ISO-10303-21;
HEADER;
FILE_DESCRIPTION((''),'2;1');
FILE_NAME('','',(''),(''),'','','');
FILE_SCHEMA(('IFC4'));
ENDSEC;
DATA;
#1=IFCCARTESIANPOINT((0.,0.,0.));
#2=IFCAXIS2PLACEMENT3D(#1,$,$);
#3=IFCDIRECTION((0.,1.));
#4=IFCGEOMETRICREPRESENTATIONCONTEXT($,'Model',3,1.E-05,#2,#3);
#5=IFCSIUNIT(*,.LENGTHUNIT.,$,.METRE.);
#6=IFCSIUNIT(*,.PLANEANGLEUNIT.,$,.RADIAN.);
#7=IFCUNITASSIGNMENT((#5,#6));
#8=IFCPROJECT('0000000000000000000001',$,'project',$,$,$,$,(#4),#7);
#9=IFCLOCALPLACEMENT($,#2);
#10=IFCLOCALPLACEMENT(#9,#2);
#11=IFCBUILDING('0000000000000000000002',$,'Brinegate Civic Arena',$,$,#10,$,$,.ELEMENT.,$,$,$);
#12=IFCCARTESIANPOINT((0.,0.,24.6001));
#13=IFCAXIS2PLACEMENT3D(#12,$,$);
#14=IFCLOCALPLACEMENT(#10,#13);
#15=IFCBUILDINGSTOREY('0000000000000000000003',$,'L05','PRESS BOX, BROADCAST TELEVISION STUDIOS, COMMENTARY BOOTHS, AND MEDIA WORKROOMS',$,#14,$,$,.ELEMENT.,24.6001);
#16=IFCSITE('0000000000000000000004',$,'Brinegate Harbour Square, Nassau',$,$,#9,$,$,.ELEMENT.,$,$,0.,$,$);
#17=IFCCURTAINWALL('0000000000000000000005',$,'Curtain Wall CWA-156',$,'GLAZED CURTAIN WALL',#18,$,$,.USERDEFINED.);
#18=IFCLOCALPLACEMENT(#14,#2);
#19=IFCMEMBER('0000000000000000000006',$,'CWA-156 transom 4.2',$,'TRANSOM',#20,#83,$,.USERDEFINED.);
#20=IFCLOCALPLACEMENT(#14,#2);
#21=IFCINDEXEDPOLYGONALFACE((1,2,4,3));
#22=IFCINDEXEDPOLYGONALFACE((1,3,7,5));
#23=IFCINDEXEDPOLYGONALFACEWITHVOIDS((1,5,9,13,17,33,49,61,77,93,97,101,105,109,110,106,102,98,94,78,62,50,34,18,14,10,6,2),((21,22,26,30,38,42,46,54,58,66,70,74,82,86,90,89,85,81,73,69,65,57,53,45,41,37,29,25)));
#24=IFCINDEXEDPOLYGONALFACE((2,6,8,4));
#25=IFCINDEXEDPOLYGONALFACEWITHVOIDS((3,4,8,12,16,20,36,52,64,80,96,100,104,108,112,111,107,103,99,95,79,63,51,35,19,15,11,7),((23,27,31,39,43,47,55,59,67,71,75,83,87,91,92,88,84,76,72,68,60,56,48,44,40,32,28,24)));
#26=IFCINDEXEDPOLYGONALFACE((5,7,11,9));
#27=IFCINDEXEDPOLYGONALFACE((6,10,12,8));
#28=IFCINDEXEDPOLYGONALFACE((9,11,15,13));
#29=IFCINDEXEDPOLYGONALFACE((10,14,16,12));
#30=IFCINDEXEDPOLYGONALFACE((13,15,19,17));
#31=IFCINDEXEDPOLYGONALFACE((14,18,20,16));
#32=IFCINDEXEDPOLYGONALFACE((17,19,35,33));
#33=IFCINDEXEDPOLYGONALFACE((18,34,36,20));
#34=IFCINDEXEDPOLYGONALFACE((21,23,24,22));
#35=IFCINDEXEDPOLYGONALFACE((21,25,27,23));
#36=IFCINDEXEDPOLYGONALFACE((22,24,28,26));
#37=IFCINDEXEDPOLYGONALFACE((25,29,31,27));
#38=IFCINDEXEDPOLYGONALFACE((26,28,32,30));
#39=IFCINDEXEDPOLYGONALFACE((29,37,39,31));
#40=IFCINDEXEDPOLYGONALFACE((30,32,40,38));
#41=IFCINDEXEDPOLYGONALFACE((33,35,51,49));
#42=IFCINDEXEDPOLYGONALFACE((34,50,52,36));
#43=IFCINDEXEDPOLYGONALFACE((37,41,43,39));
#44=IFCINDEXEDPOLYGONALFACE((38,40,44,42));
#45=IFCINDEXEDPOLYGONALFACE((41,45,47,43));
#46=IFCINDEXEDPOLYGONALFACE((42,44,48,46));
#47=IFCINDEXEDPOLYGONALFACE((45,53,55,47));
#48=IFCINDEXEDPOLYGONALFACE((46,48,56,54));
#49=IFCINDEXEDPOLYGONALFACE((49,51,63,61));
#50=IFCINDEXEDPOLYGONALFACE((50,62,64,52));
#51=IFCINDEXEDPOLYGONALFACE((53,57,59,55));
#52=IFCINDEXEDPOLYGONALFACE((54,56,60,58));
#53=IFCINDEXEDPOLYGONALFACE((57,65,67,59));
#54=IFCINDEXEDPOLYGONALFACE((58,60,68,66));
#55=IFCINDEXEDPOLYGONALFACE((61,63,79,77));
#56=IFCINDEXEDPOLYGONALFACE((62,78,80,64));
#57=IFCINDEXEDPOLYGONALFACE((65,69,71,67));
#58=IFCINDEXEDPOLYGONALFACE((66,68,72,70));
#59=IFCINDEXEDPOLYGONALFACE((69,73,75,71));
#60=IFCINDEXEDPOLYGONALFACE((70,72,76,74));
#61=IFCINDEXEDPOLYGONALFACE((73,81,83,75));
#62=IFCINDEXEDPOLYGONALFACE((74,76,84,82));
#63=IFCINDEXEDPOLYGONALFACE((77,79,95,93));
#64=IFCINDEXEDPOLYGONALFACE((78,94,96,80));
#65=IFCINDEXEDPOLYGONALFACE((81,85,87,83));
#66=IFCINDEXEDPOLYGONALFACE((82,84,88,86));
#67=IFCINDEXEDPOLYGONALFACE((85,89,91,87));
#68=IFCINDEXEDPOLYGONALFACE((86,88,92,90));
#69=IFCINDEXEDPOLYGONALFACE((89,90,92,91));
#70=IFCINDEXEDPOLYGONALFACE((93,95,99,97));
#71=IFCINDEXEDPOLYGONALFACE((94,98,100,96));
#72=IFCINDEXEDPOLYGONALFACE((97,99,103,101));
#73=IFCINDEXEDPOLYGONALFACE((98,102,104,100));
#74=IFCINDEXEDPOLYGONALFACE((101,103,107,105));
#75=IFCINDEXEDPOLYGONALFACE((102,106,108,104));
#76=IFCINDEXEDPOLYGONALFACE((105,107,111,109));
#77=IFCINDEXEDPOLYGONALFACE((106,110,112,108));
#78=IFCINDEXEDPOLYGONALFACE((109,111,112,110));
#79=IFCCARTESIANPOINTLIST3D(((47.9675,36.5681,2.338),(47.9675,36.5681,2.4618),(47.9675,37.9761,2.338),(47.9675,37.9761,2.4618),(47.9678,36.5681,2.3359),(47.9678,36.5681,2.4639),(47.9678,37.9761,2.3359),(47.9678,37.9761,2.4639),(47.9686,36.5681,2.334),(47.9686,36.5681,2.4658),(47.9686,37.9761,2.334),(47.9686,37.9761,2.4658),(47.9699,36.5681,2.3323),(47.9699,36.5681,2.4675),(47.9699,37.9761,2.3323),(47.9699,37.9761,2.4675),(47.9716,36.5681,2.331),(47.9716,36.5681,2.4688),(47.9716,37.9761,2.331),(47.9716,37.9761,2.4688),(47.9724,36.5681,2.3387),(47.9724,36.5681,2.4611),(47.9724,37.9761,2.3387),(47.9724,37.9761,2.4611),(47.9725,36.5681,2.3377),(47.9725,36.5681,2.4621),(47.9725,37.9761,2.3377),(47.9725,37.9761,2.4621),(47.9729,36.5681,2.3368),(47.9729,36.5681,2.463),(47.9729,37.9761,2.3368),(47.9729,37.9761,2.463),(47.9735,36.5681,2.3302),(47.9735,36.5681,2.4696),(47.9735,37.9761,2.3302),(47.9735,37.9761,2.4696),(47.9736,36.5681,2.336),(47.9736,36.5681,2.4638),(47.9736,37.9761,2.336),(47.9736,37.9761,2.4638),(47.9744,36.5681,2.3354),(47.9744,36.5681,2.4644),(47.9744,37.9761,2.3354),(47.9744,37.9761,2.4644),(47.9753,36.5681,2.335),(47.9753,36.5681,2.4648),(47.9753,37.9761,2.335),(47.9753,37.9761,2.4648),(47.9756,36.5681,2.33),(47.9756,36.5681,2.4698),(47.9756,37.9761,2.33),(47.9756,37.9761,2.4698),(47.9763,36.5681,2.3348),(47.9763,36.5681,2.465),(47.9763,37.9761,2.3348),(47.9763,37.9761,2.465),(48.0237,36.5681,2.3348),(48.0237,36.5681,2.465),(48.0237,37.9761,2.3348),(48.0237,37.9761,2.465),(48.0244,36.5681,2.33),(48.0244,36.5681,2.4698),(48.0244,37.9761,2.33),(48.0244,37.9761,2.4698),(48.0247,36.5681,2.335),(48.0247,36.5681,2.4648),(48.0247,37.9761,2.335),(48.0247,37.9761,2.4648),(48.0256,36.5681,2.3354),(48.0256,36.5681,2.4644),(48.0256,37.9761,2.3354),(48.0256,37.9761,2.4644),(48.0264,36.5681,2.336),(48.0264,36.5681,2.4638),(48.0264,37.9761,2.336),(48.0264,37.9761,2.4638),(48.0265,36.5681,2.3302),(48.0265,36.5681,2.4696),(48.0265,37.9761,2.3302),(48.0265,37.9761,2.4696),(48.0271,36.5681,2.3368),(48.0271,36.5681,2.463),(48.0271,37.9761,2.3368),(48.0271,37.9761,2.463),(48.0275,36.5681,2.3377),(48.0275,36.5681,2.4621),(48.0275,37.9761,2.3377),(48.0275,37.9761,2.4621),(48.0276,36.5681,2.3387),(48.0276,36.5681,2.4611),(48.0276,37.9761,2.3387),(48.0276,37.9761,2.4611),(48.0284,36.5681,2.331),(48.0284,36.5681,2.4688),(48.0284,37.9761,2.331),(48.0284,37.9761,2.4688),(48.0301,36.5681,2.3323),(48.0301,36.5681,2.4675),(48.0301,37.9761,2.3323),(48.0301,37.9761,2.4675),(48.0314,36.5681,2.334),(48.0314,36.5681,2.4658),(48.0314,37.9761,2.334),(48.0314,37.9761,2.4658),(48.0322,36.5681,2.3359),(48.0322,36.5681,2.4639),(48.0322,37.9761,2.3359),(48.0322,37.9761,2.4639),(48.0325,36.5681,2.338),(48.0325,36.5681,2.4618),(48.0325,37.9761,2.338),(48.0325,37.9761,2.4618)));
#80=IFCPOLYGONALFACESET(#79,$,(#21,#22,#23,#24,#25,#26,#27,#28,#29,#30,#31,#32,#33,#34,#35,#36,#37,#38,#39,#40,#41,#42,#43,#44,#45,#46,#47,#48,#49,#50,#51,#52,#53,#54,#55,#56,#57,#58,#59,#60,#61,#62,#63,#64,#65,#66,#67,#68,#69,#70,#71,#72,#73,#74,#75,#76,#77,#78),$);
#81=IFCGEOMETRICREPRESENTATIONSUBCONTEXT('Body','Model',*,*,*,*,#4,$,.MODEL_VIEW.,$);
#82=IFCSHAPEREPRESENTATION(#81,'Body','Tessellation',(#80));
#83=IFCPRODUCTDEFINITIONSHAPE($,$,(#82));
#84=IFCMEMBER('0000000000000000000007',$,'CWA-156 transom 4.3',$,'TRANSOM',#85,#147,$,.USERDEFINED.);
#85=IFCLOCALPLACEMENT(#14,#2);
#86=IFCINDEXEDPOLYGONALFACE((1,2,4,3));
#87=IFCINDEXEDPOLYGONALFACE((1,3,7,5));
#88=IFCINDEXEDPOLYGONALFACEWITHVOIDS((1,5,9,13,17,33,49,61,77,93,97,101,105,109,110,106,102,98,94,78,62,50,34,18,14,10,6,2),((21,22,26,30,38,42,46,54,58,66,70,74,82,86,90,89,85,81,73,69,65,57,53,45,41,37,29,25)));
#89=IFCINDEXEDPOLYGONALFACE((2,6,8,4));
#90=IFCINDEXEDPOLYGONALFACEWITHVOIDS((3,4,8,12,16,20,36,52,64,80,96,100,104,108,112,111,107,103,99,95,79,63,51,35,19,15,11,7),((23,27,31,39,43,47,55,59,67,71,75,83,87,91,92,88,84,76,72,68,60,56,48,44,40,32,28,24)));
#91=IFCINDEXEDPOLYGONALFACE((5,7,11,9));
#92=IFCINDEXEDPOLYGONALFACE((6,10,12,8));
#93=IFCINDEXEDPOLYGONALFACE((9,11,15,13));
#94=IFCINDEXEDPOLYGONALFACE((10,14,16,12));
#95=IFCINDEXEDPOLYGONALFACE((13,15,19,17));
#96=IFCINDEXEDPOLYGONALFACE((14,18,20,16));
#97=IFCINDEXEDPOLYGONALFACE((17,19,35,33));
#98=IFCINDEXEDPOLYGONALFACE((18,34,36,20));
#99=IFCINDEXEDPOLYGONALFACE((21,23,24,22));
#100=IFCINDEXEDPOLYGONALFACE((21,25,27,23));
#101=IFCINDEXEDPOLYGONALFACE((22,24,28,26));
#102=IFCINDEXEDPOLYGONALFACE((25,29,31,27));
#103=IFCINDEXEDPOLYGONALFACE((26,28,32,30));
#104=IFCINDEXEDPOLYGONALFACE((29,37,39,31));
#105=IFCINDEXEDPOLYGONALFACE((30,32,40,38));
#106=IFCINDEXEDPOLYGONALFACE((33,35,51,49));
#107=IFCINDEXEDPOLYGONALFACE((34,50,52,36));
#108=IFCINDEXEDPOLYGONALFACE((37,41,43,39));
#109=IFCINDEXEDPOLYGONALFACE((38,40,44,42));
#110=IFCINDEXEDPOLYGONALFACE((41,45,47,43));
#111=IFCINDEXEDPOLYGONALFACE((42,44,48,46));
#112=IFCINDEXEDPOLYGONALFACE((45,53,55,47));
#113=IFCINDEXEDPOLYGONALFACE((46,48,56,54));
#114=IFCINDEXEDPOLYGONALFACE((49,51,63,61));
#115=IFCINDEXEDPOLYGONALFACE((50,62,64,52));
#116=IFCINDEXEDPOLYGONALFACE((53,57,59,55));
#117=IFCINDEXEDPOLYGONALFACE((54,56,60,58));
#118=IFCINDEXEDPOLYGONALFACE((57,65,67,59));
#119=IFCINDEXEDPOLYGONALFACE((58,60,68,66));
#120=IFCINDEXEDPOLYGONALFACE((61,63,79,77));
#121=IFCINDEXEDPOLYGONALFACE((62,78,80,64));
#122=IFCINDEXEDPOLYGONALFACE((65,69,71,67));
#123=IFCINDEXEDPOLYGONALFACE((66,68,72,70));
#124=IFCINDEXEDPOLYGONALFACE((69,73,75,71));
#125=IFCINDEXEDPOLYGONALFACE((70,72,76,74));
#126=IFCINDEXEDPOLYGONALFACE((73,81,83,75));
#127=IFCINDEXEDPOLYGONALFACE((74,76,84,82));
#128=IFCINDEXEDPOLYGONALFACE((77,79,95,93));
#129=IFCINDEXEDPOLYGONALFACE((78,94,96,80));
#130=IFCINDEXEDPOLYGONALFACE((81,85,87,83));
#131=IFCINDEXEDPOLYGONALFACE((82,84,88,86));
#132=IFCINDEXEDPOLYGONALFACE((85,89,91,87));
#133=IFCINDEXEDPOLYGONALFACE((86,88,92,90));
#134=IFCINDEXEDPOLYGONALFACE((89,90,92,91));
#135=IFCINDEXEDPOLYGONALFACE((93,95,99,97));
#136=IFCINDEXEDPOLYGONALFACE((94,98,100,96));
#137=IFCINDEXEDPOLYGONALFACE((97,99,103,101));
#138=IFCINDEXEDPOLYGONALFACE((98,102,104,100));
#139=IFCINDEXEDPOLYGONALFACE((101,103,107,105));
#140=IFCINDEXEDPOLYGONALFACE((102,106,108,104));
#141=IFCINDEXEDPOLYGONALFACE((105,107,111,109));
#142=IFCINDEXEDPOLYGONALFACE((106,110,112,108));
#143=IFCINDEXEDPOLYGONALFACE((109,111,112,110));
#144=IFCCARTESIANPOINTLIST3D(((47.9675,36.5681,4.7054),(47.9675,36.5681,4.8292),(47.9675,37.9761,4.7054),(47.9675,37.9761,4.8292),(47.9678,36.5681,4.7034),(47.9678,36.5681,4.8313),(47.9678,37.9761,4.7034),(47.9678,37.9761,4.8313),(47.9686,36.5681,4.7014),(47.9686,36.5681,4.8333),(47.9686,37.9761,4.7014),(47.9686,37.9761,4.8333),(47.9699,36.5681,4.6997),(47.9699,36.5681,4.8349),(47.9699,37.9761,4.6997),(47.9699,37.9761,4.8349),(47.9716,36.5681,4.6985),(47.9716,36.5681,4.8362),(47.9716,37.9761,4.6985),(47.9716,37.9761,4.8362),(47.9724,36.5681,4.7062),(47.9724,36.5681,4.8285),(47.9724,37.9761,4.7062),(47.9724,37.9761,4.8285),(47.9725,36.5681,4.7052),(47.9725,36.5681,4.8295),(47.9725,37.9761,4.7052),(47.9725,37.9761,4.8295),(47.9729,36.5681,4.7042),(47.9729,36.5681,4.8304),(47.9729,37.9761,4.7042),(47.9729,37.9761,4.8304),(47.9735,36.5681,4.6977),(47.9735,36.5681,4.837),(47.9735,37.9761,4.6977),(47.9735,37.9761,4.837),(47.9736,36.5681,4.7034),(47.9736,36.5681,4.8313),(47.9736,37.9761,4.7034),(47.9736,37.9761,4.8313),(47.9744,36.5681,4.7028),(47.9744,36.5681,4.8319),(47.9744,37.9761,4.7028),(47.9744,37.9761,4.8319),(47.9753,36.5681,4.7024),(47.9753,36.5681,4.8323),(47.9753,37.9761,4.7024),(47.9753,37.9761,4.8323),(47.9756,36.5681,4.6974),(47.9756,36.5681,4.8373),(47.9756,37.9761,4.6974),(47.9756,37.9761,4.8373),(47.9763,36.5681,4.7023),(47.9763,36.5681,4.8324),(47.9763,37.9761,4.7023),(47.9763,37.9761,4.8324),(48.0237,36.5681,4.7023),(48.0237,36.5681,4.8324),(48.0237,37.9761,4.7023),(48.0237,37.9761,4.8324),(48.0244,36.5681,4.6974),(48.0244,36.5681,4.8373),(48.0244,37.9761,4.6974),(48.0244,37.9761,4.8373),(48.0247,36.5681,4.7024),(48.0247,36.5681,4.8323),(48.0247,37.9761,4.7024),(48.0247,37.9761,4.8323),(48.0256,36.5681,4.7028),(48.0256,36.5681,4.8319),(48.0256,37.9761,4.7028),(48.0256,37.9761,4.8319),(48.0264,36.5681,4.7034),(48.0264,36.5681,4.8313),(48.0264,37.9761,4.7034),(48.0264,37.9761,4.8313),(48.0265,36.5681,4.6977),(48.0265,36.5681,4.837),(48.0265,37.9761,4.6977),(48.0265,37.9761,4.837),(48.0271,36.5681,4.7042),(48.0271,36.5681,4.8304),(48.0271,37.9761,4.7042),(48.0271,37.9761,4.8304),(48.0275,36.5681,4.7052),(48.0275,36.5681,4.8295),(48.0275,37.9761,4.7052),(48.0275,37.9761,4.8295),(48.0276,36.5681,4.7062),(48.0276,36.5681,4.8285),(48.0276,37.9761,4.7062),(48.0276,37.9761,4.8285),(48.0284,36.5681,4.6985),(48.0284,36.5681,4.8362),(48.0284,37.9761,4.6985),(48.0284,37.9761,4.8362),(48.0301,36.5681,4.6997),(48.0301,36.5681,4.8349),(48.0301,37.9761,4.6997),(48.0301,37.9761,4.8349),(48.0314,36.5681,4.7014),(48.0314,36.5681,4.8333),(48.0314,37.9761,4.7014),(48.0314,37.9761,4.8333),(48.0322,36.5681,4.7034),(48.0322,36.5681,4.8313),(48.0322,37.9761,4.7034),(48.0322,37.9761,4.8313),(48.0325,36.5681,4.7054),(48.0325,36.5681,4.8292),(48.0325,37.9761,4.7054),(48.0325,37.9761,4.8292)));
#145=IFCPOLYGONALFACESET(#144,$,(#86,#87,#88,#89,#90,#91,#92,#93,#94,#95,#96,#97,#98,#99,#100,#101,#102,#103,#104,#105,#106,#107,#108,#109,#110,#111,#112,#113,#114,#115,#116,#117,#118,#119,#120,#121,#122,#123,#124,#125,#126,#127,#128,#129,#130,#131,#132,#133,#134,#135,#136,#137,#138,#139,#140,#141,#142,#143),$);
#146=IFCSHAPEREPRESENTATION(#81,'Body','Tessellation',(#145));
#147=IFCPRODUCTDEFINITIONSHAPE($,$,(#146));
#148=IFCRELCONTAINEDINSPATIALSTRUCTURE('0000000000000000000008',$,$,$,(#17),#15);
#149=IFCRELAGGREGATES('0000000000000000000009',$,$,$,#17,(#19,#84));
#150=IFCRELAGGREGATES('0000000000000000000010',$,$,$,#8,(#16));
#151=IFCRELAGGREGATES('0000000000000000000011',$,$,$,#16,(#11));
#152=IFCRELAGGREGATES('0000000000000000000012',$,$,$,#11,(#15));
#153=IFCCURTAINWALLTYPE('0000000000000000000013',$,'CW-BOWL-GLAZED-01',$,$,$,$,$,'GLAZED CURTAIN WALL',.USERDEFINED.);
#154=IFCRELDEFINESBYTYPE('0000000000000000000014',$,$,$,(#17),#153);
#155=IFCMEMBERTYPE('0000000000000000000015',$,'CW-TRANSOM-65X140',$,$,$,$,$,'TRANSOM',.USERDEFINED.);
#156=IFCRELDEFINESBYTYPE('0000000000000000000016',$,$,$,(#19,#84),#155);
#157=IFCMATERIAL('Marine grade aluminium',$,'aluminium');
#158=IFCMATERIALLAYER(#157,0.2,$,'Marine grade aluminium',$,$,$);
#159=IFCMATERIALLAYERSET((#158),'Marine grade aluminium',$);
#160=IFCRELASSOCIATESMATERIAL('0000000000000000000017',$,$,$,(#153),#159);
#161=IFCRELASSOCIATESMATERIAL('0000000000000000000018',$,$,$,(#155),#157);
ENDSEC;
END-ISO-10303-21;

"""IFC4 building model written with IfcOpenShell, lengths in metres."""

from ifc_helpers import new_model, si_unit, direction, frame, origin, origin_2d, place, context, subcontext, project, spatial, hollow_rectangle, extrude, material, layer, layer_set, material_profile, profile_set, type_object, element, aggregate, save


model = new_model("IFC4")

# Units and contexts
model_context = context("Model", 3, precision=1e-05, world=origin(), true_north=direction((0.0, 1.0)))
body_context = subcontext(model_context, "Body", "Model", "MODEL_VIEW")
ifc_project = project(units=[si_unit("LENGTHUNIT", "METRE"), si_unit("PLANEANGLEUNIT", "RADIAN")], contexts=[model_context])

# Site, building, storey
site_placement = place(None, origin())
site = spatial("IfcSite", under=ifc_project, at=site_placement, Name="Brinegate Harbour Square, Nassau", CompositionType="ELEMENT", RefElevation=0.0)
building_placement = place(site_placement, origin())
building = spatial("IfcBuilding", under=site, at=building_placement, Name="Brinegate Civic Arena", CompositionType="ELEMENT")
storey_placement = place(building_placement, frame((0.0, 0.0, 24.6001)))
storey = spatial("IfcBuildingStorey", under=building, at=storey_placement, Name="L05", Description="PRESS BOX, BROADCAST TELEVISION STUDIOS, COMMENTARY BOOTHS, AND MEDIA WORKROOMS", CompositionType="ELEMENT", Elevation=24.6001)

# Curtain wall
ifc_material_1 = material(Name="Marine grade aluminium", Category="aluminium")
ifc_layer_1 = layer(ifc_material_1, 0.2, Name="Marine grade aluminium")
ifc_layer_set_1 = layer_set([ifc_layer_1], Name="Marine grade aluminium")
curtain_wall_type = type_object("IfcCurtainWallType", Name="CW-BOWL-GLAZED-01", ElementType="GLAZED CURTAIN WALL", PredefinedType="USERDEFINED", material=ifc_layer_set_1)
curtain_wall_1_placement = place(storey_placement, origin())
curtain_wall_1 = element("IfcCurtainWall", 1, at=curtain_wall_1_placement, inside=storey, type_object=curtain_wall_type, Name="Curtain Wall CWA-156", ObjectType="GLAZED CURTAIN WALL", PredefinedType="USERDEFINED")

# Members
ifc_material_profile_1 = material_profile(ifc_material_1, hollow_rectangle(XDim=0.0649, YDim=0.1399, WallThickness=0.0049, InnerFilletRadius=0.0039, OuterFilletRadius=0.0081, at=origin_2d()), Name="TRN65X140")
ifc_profile_set_1 = profile_set([ifc_material_profile_1], Name="Marine grade aluminium")
member_type_1 = type_object("IfcMemberType", Name="CW-TRANSOM-65X140", ElementType="TRANSOM", PredefinedType="USERDEFINED", material=ifc_profile_set_1)
member_1_placement = place(storey_placement, frame((48.0, 36.5681, 2.3999), z_axis=(0.0, 1.0, 0.0), x_axis=(-1.0, 0.0, 0.0)))
member_1 = element("IfcMember", 2, at=member_1_placement, type_object=member_type_1, Name="CWA-156 transom 4.2", ObjectType="TRANSOM", PredefinedType="USERDEFINED", context=body_context, shape_type="SweptSolid", body=[
    extrude(hollow_rectangle(XDim=0.0649, YDim=0.1399, WallThickness=0.0049, InnerFilletRadius=0.0039, OuterFilletRadius=0.0081, at=origin_2d()), origin(), (0.0, 0.0, 1.0), 1.408),
])
member_2_placement = place(storey_placement, frame((48.0, 36.5681, 4.7673), z_axis=(0.0, 1.0, 0.0), x_axis=(-1.0, 0.0, 0.0)))
member_2 = element("IfcMember", 3, at=member_2_placement, type_object=member_type_1, Name="CWA-156 transom 4.3", ObjectType="TRANSOM", PredefinedType="USERDEFINED", context=body_context, shape_type="SweptSolid", body=[
    extrude(hollow_rectangle(XDim=0.0649, YDim=0.1399, WallThickness=0.0049, InnerFilletRadius=0.0039, OuterFilletRadius=0.0081, at=origin_2d()), origin(), (0.0, 0.0, 1.0), 1.408),
])

aggregate(curtain_wall_1, [member_1, member_2])

save(model, "model.ifc")
